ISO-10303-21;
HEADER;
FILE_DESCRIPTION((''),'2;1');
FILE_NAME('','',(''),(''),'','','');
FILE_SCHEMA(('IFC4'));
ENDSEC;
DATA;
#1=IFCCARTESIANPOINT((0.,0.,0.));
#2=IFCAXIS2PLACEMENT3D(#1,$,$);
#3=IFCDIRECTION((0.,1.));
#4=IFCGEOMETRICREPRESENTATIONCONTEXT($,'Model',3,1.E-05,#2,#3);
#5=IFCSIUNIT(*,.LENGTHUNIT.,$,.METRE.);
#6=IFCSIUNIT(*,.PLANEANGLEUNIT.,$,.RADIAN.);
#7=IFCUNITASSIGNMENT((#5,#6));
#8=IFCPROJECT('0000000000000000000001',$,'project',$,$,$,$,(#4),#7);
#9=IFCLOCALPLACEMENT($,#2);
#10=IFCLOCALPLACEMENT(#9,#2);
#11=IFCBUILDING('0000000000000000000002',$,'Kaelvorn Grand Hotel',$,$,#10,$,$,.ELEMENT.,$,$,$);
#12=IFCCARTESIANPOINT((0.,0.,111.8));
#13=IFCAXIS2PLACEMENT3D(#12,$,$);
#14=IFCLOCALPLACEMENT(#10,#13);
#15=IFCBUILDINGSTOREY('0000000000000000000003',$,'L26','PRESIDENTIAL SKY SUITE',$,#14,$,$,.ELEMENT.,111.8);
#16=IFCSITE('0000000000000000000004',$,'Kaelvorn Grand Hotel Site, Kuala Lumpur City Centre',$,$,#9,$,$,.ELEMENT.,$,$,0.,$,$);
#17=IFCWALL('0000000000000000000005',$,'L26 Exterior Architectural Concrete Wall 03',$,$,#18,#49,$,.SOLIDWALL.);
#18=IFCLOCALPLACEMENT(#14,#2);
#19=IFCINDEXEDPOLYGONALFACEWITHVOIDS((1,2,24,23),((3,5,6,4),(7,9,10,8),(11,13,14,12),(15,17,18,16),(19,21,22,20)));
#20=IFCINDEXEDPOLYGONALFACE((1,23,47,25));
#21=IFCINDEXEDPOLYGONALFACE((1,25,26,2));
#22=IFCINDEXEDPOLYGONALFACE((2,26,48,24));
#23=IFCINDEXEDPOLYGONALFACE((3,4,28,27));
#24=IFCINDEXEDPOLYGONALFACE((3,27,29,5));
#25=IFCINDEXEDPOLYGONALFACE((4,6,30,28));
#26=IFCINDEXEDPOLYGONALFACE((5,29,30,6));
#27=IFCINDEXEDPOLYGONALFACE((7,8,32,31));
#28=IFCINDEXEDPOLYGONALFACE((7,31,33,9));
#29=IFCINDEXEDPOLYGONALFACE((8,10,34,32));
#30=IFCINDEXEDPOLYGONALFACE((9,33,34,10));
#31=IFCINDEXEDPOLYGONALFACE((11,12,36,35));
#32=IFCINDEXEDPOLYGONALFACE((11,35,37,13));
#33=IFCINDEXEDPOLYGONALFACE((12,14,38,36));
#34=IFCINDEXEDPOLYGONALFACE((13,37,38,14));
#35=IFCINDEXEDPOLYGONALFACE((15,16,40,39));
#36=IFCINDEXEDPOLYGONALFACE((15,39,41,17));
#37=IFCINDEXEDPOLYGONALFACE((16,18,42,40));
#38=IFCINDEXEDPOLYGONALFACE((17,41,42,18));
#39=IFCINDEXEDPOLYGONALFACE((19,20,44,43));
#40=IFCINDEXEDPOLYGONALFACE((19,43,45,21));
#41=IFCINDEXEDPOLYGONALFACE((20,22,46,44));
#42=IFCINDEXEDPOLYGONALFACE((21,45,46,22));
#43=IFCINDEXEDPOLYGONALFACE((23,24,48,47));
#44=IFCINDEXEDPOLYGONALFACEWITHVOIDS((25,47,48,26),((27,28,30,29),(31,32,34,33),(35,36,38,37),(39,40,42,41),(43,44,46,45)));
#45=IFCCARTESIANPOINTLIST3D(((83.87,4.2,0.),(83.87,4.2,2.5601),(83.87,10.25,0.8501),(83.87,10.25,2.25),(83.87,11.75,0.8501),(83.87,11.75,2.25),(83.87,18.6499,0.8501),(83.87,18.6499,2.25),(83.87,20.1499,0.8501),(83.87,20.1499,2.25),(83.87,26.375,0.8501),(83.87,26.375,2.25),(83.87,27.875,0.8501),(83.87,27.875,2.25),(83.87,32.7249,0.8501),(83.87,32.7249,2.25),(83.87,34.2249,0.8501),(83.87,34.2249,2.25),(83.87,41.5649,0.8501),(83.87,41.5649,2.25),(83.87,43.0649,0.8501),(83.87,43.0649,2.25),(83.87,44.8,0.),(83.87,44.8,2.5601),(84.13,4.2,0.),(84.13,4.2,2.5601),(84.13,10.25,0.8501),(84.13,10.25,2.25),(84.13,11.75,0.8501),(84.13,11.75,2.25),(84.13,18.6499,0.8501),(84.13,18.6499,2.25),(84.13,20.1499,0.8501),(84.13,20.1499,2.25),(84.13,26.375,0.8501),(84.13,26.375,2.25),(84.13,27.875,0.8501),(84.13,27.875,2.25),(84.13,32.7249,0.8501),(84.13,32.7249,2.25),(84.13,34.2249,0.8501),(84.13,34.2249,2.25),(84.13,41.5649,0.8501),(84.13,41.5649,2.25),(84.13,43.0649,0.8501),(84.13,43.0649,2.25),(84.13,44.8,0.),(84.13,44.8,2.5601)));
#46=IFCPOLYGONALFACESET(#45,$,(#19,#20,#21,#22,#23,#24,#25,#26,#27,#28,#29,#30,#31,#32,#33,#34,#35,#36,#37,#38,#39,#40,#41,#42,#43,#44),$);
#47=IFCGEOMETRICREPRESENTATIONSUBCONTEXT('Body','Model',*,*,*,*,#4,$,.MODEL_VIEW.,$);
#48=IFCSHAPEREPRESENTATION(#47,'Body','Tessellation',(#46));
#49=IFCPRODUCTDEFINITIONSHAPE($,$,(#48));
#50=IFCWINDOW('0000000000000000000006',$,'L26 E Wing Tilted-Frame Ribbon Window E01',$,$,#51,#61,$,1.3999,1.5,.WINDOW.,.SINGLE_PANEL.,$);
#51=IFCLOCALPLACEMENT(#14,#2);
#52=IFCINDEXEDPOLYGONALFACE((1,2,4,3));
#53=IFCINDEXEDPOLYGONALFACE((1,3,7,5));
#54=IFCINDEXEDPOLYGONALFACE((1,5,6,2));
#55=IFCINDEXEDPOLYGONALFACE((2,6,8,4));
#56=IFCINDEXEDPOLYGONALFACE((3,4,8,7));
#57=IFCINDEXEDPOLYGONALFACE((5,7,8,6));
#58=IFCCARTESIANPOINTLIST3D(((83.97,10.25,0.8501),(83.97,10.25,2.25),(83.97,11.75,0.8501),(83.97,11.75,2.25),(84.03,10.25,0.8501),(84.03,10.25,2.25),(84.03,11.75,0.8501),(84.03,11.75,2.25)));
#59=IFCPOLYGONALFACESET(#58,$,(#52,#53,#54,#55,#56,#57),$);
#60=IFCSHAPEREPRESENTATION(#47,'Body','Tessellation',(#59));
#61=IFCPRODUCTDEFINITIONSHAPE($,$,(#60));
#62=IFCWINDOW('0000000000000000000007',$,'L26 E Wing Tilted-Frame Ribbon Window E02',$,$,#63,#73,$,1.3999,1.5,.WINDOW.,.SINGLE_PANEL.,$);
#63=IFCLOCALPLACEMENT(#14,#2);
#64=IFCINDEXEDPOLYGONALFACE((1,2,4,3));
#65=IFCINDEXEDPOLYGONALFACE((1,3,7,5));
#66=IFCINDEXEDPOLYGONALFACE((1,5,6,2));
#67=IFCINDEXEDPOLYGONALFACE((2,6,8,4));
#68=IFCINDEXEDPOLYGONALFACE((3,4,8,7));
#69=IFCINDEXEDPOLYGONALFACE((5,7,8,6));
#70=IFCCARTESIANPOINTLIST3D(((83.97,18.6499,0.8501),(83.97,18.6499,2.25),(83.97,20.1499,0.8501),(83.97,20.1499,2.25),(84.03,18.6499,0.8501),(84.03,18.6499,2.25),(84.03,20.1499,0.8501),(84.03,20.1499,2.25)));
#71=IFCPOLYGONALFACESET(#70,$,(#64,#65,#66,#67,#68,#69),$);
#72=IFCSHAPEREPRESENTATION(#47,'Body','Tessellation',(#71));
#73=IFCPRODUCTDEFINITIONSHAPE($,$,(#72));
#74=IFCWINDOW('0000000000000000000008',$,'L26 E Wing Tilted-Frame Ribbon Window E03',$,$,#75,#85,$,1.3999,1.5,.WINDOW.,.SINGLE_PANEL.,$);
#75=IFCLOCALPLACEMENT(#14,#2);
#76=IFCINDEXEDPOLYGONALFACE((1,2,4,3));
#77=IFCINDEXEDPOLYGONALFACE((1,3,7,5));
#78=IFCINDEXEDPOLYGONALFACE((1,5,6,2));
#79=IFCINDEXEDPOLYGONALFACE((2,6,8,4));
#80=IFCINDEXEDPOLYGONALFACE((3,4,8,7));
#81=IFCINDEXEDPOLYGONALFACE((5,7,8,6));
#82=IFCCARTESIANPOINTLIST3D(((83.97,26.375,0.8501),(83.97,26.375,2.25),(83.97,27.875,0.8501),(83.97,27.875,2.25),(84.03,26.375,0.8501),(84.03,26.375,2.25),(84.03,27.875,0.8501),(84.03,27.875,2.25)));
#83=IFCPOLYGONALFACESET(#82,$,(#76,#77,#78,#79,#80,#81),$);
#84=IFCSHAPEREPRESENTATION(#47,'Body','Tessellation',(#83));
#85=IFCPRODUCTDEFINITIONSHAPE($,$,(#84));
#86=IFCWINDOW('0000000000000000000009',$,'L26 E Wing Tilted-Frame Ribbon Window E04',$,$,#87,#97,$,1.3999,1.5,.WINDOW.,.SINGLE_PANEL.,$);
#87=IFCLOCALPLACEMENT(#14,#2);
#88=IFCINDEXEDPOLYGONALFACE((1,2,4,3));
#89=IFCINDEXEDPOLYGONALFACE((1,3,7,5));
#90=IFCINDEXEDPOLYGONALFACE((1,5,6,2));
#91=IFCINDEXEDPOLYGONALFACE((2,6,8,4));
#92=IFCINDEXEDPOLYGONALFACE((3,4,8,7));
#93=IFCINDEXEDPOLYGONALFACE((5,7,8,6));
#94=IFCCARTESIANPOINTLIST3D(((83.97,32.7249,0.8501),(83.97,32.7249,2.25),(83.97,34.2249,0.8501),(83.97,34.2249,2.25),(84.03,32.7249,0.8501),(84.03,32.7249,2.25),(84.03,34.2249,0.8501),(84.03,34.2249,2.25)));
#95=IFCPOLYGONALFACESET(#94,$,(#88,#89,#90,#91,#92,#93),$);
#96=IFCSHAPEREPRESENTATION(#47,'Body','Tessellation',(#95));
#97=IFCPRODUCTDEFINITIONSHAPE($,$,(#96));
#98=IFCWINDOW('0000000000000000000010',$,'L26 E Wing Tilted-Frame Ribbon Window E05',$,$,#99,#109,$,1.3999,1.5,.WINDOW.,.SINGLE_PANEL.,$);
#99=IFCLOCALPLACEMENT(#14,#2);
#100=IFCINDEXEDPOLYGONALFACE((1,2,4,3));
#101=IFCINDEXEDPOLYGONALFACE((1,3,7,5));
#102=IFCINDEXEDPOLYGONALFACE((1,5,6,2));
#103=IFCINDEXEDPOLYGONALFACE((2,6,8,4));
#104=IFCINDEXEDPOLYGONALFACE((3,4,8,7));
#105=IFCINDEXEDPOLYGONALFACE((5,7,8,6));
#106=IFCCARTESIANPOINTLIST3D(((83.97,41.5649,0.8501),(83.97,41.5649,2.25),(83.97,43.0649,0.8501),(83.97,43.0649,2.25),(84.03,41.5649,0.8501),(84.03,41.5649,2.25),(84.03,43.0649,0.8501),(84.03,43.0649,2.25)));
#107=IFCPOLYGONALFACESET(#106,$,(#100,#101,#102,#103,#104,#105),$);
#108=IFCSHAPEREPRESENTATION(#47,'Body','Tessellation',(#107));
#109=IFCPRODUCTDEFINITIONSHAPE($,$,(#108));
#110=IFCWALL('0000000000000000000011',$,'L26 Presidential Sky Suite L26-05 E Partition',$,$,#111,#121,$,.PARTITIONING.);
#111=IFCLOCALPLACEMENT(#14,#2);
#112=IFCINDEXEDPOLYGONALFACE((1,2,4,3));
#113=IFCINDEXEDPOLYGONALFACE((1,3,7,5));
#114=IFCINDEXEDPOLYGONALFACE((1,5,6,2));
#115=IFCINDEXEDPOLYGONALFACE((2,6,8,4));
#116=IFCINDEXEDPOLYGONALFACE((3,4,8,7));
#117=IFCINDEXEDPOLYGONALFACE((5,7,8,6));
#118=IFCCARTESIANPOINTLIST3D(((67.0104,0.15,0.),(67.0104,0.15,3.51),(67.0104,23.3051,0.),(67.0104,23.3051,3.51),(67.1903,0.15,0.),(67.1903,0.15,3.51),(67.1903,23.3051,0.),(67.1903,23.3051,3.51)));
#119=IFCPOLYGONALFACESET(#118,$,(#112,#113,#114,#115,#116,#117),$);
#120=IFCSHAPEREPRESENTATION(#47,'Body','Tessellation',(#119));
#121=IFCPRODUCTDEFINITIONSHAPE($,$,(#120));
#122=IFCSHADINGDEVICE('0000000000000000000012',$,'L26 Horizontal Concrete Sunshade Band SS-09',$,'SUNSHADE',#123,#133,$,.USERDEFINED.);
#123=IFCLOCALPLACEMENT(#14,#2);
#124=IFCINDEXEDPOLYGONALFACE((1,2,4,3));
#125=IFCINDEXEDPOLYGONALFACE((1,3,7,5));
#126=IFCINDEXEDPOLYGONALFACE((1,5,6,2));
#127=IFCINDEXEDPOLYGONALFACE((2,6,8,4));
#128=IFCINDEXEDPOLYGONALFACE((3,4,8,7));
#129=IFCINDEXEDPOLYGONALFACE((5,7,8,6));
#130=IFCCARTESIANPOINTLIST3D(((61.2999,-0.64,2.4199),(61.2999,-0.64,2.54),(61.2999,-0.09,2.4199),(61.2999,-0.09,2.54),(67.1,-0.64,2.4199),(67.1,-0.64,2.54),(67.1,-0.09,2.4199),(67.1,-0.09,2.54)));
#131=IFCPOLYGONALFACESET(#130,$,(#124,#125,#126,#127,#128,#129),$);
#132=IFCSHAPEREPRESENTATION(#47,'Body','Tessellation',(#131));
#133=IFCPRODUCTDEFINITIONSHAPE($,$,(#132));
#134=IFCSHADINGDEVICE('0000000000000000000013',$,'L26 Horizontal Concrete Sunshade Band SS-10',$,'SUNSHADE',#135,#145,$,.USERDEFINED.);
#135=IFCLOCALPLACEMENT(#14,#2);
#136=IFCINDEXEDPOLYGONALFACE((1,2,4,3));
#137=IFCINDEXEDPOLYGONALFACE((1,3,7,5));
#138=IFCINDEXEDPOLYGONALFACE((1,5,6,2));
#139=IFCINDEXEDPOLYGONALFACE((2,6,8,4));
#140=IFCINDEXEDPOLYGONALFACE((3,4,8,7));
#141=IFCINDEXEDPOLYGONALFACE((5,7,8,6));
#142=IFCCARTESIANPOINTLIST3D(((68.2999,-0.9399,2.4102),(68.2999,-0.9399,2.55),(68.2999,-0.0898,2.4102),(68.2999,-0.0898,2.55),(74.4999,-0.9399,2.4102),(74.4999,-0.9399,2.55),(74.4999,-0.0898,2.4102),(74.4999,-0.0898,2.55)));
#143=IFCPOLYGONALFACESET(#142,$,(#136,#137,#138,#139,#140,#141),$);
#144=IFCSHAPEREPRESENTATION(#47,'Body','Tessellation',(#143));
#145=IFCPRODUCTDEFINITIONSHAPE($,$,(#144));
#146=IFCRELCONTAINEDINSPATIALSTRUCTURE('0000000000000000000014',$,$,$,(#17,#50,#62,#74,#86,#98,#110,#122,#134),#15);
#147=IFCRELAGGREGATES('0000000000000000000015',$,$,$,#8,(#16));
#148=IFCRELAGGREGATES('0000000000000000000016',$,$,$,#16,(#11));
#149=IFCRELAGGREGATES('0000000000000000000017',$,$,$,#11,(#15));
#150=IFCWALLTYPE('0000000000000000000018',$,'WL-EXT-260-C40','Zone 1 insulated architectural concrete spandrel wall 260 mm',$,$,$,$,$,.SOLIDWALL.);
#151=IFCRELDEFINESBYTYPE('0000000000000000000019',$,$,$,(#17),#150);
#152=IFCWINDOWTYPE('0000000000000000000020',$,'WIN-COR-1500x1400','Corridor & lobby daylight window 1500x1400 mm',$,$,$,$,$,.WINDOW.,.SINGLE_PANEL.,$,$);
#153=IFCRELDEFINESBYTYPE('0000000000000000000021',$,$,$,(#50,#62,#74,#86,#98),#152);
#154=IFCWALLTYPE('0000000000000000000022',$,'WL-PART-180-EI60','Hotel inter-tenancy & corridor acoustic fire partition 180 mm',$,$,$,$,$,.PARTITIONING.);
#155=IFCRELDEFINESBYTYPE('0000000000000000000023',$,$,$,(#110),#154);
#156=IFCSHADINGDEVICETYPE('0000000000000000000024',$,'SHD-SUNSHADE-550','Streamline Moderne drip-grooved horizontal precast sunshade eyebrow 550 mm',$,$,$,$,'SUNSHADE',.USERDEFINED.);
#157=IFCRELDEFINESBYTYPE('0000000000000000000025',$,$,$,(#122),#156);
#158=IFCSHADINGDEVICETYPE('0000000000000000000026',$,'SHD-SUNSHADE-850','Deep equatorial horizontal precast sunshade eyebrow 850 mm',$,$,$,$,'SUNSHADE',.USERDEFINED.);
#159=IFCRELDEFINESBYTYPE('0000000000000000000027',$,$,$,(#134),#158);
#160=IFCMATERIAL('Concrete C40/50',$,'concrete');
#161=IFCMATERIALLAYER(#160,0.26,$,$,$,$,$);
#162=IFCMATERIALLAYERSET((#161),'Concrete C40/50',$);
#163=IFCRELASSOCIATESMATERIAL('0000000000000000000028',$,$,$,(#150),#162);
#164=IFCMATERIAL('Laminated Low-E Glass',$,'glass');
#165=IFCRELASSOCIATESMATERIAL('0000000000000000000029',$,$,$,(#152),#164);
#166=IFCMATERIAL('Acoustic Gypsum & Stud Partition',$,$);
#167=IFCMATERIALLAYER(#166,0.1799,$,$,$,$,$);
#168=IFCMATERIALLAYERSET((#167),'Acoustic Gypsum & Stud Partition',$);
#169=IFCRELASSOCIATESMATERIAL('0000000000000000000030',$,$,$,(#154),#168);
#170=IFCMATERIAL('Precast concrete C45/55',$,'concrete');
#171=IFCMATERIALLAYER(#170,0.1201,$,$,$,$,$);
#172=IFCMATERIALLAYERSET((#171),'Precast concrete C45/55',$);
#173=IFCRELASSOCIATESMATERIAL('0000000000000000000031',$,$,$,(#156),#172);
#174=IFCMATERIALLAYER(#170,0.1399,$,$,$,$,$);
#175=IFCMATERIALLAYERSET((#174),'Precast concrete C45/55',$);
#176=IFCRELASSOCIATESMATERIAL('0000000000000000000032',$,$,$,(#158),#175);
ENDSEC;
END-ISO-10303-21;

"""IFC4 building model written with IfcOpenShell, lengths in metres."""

from ifc_helpers import new_model, si_unit, direction, frame, frame_2d, origin, origin_2d, place, context, subcontext, project, spatial, rectangle, extrude, material, layer, layer_set, type_object, element, fill, save


model = new_model("IFC4")

# Units and contexts
model_context = context("Model", 3, precision=1e-05, world=origin(), true_north=direction((0.0, 1.0)))
body_context = subcontext(model_context, "Body", "Model", "MODEL_VIEW")
ifc_project = project(units=[si_unit("LENGTHUNIT", "METRE"), si_unit("PLANEANGLEUNIT", "RADIAN")], contexts=[model_context])

# Site, building, storey
site_placement = place(None, origin())
site = spatial("IfcSite", under=ifc_project, at=site_placement, Name="Kaelvorn Grand Hotel Site, Kuala Lumpur City Centre", CompositionType="ELEMENT", RefElevation=0.0)
building_placement = place(site_placement, origin())
building = spatial("IfcBuilding", under=site, at=building_placement, Name="Kaelvorn Grand Hotel", CompositionType="ELEMENT")
storey_placement = place(building_placement, frame((0.0, 0.0, 111.8)))
storey = spatial("IfcBuildingStorey", under=building, at=storey_placement, Name="L26", Description="PRESIDENTIAL SKY SUITE", CompositionType="ELEMENT", Elevation=111.8)

# Shared definitions
ifc_material_1 = material(Name="Concrete C40/50", Category="concrete")

# Shared definitions
ifc_material_2 = material(Name="Precast concrete C45/55", Category="concrete")

# Shared definitions
ifc_layer_1 = layer(ifc_material_1, 0.26)
ifc_layer_set_1 = layer_set([ifc_layer_1], Name="Concrete C40/50")
wall_type_1 = type_object("IfcWallType", Name="WL-EXT-260-C40", Description="Zone 1 insulated architectural concrete spandrel wall 260 mm", PredefinedType="SOLIDWALL", material=ifc_layer_set_1)

# Wall, openings, windows
wall_1_placement = place(storey_placement, frame((84.0, 4.2, 0.0), z_axis=(0.0, 0.0, 1.0), x_axis=(0.0, 1.0, 0.0)))
wall_1 = element("IfcWall", 1, at=wall_1_placement, inside=storey, type_object=wall_type_1, Name="L26 Exterior Architectural Concrete Wall 03", PredefinedType="SOLIDWALL", context=body_context, shape_type="SweptSolid", body=[
    extrude(rectangle(XDim=40.6001, YDim=0.26, at=frame_2d((20.3, 0.0))), origin(), (0.0, 0.0, 1.0), 2.5601),
])
opening_1_placement = place(wall_1_placement, frame((6.05, 0.0, 0.8501)))
opening_1 = element("IfcOpeningElement", 2, at=opening_1_placement, cuts=wall_1, PredefinedType="OPENING", context=body_context, shape_type="SweptSolid", body=[
    extrude(rectangle(XDim=1.5, YDim=1.3999, at=frame_2d((0.75, 0.7))), frame((0.0, 0.1401, 0.0), z_axis=(0.0, -1.0, 0.0), x_axis=(1.0, 0.0, 0.0)), (0.0, 0.0, 1.0), 0.28),
])
opening_2_placement = place(wall_1_placement, frame((14.45, 0.0, 0.8501)))
opening_2 = element("IfcOpeningElement", 3, at=opening_2_placement, cuts=wall_1, PredefinedType="OPENING", context=body_context, shape_type="SweptSolid", body=[
    extrude(rectangle(XDim=1.5, YDim=1.3999, at=frame_2d((0.75, 0.7))), frame((0.0, 0.1401, 0.0), z_axis=(0.0, -1.0, 0.0), x_axis=(1.0, 0.0, 0.0)), (0.0, 0.0, 1.0), 0.28),
])
opening_3_placement = place(wall_1_placement, frame((22.175, 0.0, 0.8501)))
opening_3 = element("IfcOpeningElement", 4, at=opening_3_placement, cuts=wall_1, PredefinedType="OPENING", context=body_context, shape_type="SweptSolid", body=[
    extrude(rectangle(XDim=1.5, YDim=1.3999, at=frame_2d((0.75, 0.7))), frame((0.0, 0.1401, 0.0), z_axis=(0.0, -1.0, 0.0), x_axis=(1.0, 0.0, 0.0)), (0.0, 0.0, 1.0), 0.28),
])
opening_4_placement = place(wall_1_placement, frame((28.5249, 0.0, 0.8501)))
opening_4 = element("IfcOpeningElement", 5, at=opening_4_placement, cuts=wall_1, PredefinedType="OPENING", context=body_context, shape_type="SweptSolid", body=[
    extrude(rectangle(XDim=1.5, YDim=1.3999, at=frame_2d((0.75, 0.7))), frame((0.0, 0.1401, 0.0), z_axis=(0.0, -1.0, 0.0), x_axis=(1.0, 0.0, 0.0)), (0.0, 0.0, 1.0), 0.28),
])
opening_5_placement = place(wall_1_placement, frame((37.365, 0.0, 0.8501)))
opening_5 = element("IfcOpeningElement", 6, at=opening_5_placement, cuts=wall_1, PredefinedType="OPENING", context=body_context, shape_type="SweptSolid", body=[
    extrude(rectangle(XDim=1.5, YDim=1.3999, at=frame_2d((0.75, 0.7))), frame((0.0, 0.1401, 0.0), z_axis=(0.0, -1.0, 0.0), x_axis=(1.0, 0.0, 0.0)), (0.0, 0.0, 1.0), 0.28),
])
ifc_material_3 = material(Name="Laminated Low-E Glass", Category="glass")
window_type = type_object("IfcWindowType", Name="WIN-COR-1500x1400", Description="Corridor & lobby daylight window 1500x1400 mm", PartitioningType="SINGLE_PANEL", PredefinedType="WINDOW", material=ifc_material_3)
window_1_placement = place(opening_1_placement, origin())
window_1 = element("IfcWindow", 7, at=window_1_placement, inside=storey, type_object=window_type, Name="L26 E Wing Tilted-Frame Ribbon Window E01", OverallHeight=1.3999, OverallWidth=1.5, PartitioningType="SINGLE_PANEL", PredefinedType="WINDOW", context=body_context, shape_type="SweptSolid", body=[
    extrude(rectangle(XDim=1.5, YDim=1.3999, at=frame_2d((0.75, 0.7))), frame((0.0, 0.03, 0.0), z_axis=(0.0, -1.0, 0.0), x_axis=(1.0, 0.0, 0.0)), (0.0, 0.0, 1.0), 0.0601),
])
fill(opening_1, window_1)
window_2_placement = place(opening_2_placement, origin())
window_2 = element("IfcWindow", 8, at=window_2_placement, inside=storey, type_object=window_type, Name="L26 E Wing Tilted-Frame Ribbon Window E02", OverallHeight=1.3999, OverallWidth=1.5, PartitioningType="SINGLE_PANEL", PredefinedType="WINDOW", context=body_context, shape_type="SweptSolid", body=[
    extrude(rectangle(XDim=1.5, YDim=1.3999, at=frame_2d((0.75, 0.7))), frame((0.0, 0.03, 0.0), z_axis=(0.0, -1.0, 0.0), x_axis=(1.0, 0.0, 0.0)), (0.0, 0.0, 1.0), 0.0601),
])
fill(opening_2, window_2)
window_3_placement = place(opening_3_placement, origin())
window_3 = element("IfcWindow", 9, at=window_3_placement, inside=storey, type_object=window_type, Name="L26 E Wing Tilted-Frame Ribbon Window E03", OverallHeight=1.3999, OverallWidth=1.5, PartitioningType="SINGLE_PANEL", PredefinedType="WINDOW", context=body_context, shape_type="SweptSolid", body=[
    extrude(rectangle(XDim=1.5, YDim=1.3999, at=frame_2d((0.75, 0.7))), frame((0.0, 0.03, 0.0), z_axis=(0.0, -1.0, 0.0), x_axis=(1.0, 0.0, 0.0)), (0.0, 0.0, 1.0), 0.0601),
])
fill(opening_3, window_3)
window_4_placement = place(opening_4_placement, origin())
window_4 = element("IfcWindow", 10, at=window_4_placement, inside=storey, type_object=window_type, Name="L26 E Wing Tilted-Frame Ribbon Window E04", OverallHeight=1.3999, OverallWidth=1.5, PartitioningType="SINGLE_PANEL", PredefinedType="WINDOW", context=body_context, shape_type="SweptSolid", body=[
    extrude(rectangle(XDim=1.5, YDim=1.3999, at=frame_2d((0.75, 0.7))), frame((0.0, 0.03, 0.0), z_axis=(0.0, -1.0, 0.0), x_axis=(1.0, 0.0, 0.0)), (0.0, 0.0, 1.0), 0.0601),
])
fill(opening_4, window_4)
window_5_placement = place(opening_5_placement, origin())
window_5 = element("IfcWindow", 11, at=window_5_placement, inside=storey, type_object=window_type, Name="L26 E Wing Tilted-Frame Ribbon Window E05", OverallHeight=1.3999, OverallWidth=1.5, PartitioningType="SINGLE_PANEL", PredefinedType="WINDOW", context=body_context, shape_type="SweptSolid", body=[
    extrude(rectangle(XDim=1.5, YDim=1.3999, at=frame_2d((0.75, 0.7))), frame((0.0, 0.03, 0.0), z_axis=(0.0, -1.0, 0.0), x_axis=(1.0, 0.0, 0.0)), (0.0, 0.0, 1.0), 0.0601),
])
fill(opening_5, window_5)

# Wall
ifc_material_4 = material(Name="Acoustic Gypsum & Stud Partition")
ifc_layer_2 = layer(ifc_material_4, 0.1799)
ifc_layer_set_2 = layer_set([ifc_layer_2], Name="Acoustic Gypsum & Stud Partition")
wall_type_2 = type_object("IfcWallType", Name="WL-PART-180-EI60", Description="Hotel inter-tenancy & corridor acoustic fire partition 180 mm", PredefinedType="PARTITIONING", material=ifc_layer_set_2)
wall_2_placement = place(storey_placement, frame((67.1003, 0.1499, 0.0), z_axis=(0.0, 0.0, 1.0), x_axis=(0.0, 1.0, 0.0)))
element("IfcWall", 12, at=wall_2_placement, inside=storey, type_object=wall_type_2, Name="L26 Presidential Sky Suite L26-05 E Partition", PredefinedType="PARTITIONING", context=body_context, shape_type="SweptSolid", body=[
    extrude(rectangle(XDim=23.155, YDim=0.1799, at=frame_2d((11.5776, 0.0))), origin(), (0.0, 0.0, 1.0), 3.51),
])

# Shading devices
ifc_layer_3 = layer(ifc_material_2, 0.1201)
ifc_layer_set_3 = layer_set([ifc_layer_3], Name="Precast concrete C45/55")
shading_device_type_1 = type_object("IfcShadingDeviceType", Name="SHD-SUNSHADE-550", Description="Streamline Moderne drip-grooved horizontal precast sunshade eyebrow 550 mm", ElementType="SUNSHADE", PredefinedType="USERDEFINED", material=ifc_layer_set_3)
shading_device_1_placement = place(storey_placement, frame((64.2, -0.365, 2.4199), z_axis=(0.0, 0.0, 1.0), x_axis=(1.0, 0.0, 0.0)))
element("IfcShadingDevice", 13, at=shading_device_1_placement, inside=storey, type_object=shading_device_type_1, Name="L26 Horizontal Concrete Sunshade Band SS-09", ObjectType="SUNSHADE", PredefinedType="USERDEFINED", context=body_context, shape_type="SweptSolid", body=[
    extrude(rectangle(XDim=5.8, YDim=0.55, at=origin_2d()), origin(), (0.0, 0.0, 1.0), 0.1201),
])
ifc_layer_4 = layer(ifc_material_2, 0.1399)
ifc_layer_set_4 = layer_set([ifc_layer_4], Name="Precast concrete C45/55")
shading_device_type_2 = type_object("IfcShadingDeviceType", Name="SHD-SUNSHADE-850", Description="Deep equatorial horizontal precast sunshade eyebrow 850 mm", ElementType="SUNSHADE", PredefinedType="USERDEFINED", material=ifc_layer_set_4)
shading_device_2_placement = place(storey_placement, frame((71.3999, -0.5149, 2.4102), z_axis=(0.0, 0.0, 1.0), x_axis=(1.0, 0.0, 0.0)))
element("IfcShadingDevice", 14, at=shading_device_2_placement, inside=storey, type_object=shading_device_type_2, Name="L26 Horizontal Concrete Sunshade Band SS-10", ObjectType="SUNSHADE", PredefinedType="USERDEFINED", context=body_context, shape_type="SweptSolid", body=[
    extrude(rectangle(XDim=6.2, YDim=0.8501, at=origin_2d()), origin(), (0.0, 0.0, 1.0), 0.1399),
])

save(model, "model.ifc")
